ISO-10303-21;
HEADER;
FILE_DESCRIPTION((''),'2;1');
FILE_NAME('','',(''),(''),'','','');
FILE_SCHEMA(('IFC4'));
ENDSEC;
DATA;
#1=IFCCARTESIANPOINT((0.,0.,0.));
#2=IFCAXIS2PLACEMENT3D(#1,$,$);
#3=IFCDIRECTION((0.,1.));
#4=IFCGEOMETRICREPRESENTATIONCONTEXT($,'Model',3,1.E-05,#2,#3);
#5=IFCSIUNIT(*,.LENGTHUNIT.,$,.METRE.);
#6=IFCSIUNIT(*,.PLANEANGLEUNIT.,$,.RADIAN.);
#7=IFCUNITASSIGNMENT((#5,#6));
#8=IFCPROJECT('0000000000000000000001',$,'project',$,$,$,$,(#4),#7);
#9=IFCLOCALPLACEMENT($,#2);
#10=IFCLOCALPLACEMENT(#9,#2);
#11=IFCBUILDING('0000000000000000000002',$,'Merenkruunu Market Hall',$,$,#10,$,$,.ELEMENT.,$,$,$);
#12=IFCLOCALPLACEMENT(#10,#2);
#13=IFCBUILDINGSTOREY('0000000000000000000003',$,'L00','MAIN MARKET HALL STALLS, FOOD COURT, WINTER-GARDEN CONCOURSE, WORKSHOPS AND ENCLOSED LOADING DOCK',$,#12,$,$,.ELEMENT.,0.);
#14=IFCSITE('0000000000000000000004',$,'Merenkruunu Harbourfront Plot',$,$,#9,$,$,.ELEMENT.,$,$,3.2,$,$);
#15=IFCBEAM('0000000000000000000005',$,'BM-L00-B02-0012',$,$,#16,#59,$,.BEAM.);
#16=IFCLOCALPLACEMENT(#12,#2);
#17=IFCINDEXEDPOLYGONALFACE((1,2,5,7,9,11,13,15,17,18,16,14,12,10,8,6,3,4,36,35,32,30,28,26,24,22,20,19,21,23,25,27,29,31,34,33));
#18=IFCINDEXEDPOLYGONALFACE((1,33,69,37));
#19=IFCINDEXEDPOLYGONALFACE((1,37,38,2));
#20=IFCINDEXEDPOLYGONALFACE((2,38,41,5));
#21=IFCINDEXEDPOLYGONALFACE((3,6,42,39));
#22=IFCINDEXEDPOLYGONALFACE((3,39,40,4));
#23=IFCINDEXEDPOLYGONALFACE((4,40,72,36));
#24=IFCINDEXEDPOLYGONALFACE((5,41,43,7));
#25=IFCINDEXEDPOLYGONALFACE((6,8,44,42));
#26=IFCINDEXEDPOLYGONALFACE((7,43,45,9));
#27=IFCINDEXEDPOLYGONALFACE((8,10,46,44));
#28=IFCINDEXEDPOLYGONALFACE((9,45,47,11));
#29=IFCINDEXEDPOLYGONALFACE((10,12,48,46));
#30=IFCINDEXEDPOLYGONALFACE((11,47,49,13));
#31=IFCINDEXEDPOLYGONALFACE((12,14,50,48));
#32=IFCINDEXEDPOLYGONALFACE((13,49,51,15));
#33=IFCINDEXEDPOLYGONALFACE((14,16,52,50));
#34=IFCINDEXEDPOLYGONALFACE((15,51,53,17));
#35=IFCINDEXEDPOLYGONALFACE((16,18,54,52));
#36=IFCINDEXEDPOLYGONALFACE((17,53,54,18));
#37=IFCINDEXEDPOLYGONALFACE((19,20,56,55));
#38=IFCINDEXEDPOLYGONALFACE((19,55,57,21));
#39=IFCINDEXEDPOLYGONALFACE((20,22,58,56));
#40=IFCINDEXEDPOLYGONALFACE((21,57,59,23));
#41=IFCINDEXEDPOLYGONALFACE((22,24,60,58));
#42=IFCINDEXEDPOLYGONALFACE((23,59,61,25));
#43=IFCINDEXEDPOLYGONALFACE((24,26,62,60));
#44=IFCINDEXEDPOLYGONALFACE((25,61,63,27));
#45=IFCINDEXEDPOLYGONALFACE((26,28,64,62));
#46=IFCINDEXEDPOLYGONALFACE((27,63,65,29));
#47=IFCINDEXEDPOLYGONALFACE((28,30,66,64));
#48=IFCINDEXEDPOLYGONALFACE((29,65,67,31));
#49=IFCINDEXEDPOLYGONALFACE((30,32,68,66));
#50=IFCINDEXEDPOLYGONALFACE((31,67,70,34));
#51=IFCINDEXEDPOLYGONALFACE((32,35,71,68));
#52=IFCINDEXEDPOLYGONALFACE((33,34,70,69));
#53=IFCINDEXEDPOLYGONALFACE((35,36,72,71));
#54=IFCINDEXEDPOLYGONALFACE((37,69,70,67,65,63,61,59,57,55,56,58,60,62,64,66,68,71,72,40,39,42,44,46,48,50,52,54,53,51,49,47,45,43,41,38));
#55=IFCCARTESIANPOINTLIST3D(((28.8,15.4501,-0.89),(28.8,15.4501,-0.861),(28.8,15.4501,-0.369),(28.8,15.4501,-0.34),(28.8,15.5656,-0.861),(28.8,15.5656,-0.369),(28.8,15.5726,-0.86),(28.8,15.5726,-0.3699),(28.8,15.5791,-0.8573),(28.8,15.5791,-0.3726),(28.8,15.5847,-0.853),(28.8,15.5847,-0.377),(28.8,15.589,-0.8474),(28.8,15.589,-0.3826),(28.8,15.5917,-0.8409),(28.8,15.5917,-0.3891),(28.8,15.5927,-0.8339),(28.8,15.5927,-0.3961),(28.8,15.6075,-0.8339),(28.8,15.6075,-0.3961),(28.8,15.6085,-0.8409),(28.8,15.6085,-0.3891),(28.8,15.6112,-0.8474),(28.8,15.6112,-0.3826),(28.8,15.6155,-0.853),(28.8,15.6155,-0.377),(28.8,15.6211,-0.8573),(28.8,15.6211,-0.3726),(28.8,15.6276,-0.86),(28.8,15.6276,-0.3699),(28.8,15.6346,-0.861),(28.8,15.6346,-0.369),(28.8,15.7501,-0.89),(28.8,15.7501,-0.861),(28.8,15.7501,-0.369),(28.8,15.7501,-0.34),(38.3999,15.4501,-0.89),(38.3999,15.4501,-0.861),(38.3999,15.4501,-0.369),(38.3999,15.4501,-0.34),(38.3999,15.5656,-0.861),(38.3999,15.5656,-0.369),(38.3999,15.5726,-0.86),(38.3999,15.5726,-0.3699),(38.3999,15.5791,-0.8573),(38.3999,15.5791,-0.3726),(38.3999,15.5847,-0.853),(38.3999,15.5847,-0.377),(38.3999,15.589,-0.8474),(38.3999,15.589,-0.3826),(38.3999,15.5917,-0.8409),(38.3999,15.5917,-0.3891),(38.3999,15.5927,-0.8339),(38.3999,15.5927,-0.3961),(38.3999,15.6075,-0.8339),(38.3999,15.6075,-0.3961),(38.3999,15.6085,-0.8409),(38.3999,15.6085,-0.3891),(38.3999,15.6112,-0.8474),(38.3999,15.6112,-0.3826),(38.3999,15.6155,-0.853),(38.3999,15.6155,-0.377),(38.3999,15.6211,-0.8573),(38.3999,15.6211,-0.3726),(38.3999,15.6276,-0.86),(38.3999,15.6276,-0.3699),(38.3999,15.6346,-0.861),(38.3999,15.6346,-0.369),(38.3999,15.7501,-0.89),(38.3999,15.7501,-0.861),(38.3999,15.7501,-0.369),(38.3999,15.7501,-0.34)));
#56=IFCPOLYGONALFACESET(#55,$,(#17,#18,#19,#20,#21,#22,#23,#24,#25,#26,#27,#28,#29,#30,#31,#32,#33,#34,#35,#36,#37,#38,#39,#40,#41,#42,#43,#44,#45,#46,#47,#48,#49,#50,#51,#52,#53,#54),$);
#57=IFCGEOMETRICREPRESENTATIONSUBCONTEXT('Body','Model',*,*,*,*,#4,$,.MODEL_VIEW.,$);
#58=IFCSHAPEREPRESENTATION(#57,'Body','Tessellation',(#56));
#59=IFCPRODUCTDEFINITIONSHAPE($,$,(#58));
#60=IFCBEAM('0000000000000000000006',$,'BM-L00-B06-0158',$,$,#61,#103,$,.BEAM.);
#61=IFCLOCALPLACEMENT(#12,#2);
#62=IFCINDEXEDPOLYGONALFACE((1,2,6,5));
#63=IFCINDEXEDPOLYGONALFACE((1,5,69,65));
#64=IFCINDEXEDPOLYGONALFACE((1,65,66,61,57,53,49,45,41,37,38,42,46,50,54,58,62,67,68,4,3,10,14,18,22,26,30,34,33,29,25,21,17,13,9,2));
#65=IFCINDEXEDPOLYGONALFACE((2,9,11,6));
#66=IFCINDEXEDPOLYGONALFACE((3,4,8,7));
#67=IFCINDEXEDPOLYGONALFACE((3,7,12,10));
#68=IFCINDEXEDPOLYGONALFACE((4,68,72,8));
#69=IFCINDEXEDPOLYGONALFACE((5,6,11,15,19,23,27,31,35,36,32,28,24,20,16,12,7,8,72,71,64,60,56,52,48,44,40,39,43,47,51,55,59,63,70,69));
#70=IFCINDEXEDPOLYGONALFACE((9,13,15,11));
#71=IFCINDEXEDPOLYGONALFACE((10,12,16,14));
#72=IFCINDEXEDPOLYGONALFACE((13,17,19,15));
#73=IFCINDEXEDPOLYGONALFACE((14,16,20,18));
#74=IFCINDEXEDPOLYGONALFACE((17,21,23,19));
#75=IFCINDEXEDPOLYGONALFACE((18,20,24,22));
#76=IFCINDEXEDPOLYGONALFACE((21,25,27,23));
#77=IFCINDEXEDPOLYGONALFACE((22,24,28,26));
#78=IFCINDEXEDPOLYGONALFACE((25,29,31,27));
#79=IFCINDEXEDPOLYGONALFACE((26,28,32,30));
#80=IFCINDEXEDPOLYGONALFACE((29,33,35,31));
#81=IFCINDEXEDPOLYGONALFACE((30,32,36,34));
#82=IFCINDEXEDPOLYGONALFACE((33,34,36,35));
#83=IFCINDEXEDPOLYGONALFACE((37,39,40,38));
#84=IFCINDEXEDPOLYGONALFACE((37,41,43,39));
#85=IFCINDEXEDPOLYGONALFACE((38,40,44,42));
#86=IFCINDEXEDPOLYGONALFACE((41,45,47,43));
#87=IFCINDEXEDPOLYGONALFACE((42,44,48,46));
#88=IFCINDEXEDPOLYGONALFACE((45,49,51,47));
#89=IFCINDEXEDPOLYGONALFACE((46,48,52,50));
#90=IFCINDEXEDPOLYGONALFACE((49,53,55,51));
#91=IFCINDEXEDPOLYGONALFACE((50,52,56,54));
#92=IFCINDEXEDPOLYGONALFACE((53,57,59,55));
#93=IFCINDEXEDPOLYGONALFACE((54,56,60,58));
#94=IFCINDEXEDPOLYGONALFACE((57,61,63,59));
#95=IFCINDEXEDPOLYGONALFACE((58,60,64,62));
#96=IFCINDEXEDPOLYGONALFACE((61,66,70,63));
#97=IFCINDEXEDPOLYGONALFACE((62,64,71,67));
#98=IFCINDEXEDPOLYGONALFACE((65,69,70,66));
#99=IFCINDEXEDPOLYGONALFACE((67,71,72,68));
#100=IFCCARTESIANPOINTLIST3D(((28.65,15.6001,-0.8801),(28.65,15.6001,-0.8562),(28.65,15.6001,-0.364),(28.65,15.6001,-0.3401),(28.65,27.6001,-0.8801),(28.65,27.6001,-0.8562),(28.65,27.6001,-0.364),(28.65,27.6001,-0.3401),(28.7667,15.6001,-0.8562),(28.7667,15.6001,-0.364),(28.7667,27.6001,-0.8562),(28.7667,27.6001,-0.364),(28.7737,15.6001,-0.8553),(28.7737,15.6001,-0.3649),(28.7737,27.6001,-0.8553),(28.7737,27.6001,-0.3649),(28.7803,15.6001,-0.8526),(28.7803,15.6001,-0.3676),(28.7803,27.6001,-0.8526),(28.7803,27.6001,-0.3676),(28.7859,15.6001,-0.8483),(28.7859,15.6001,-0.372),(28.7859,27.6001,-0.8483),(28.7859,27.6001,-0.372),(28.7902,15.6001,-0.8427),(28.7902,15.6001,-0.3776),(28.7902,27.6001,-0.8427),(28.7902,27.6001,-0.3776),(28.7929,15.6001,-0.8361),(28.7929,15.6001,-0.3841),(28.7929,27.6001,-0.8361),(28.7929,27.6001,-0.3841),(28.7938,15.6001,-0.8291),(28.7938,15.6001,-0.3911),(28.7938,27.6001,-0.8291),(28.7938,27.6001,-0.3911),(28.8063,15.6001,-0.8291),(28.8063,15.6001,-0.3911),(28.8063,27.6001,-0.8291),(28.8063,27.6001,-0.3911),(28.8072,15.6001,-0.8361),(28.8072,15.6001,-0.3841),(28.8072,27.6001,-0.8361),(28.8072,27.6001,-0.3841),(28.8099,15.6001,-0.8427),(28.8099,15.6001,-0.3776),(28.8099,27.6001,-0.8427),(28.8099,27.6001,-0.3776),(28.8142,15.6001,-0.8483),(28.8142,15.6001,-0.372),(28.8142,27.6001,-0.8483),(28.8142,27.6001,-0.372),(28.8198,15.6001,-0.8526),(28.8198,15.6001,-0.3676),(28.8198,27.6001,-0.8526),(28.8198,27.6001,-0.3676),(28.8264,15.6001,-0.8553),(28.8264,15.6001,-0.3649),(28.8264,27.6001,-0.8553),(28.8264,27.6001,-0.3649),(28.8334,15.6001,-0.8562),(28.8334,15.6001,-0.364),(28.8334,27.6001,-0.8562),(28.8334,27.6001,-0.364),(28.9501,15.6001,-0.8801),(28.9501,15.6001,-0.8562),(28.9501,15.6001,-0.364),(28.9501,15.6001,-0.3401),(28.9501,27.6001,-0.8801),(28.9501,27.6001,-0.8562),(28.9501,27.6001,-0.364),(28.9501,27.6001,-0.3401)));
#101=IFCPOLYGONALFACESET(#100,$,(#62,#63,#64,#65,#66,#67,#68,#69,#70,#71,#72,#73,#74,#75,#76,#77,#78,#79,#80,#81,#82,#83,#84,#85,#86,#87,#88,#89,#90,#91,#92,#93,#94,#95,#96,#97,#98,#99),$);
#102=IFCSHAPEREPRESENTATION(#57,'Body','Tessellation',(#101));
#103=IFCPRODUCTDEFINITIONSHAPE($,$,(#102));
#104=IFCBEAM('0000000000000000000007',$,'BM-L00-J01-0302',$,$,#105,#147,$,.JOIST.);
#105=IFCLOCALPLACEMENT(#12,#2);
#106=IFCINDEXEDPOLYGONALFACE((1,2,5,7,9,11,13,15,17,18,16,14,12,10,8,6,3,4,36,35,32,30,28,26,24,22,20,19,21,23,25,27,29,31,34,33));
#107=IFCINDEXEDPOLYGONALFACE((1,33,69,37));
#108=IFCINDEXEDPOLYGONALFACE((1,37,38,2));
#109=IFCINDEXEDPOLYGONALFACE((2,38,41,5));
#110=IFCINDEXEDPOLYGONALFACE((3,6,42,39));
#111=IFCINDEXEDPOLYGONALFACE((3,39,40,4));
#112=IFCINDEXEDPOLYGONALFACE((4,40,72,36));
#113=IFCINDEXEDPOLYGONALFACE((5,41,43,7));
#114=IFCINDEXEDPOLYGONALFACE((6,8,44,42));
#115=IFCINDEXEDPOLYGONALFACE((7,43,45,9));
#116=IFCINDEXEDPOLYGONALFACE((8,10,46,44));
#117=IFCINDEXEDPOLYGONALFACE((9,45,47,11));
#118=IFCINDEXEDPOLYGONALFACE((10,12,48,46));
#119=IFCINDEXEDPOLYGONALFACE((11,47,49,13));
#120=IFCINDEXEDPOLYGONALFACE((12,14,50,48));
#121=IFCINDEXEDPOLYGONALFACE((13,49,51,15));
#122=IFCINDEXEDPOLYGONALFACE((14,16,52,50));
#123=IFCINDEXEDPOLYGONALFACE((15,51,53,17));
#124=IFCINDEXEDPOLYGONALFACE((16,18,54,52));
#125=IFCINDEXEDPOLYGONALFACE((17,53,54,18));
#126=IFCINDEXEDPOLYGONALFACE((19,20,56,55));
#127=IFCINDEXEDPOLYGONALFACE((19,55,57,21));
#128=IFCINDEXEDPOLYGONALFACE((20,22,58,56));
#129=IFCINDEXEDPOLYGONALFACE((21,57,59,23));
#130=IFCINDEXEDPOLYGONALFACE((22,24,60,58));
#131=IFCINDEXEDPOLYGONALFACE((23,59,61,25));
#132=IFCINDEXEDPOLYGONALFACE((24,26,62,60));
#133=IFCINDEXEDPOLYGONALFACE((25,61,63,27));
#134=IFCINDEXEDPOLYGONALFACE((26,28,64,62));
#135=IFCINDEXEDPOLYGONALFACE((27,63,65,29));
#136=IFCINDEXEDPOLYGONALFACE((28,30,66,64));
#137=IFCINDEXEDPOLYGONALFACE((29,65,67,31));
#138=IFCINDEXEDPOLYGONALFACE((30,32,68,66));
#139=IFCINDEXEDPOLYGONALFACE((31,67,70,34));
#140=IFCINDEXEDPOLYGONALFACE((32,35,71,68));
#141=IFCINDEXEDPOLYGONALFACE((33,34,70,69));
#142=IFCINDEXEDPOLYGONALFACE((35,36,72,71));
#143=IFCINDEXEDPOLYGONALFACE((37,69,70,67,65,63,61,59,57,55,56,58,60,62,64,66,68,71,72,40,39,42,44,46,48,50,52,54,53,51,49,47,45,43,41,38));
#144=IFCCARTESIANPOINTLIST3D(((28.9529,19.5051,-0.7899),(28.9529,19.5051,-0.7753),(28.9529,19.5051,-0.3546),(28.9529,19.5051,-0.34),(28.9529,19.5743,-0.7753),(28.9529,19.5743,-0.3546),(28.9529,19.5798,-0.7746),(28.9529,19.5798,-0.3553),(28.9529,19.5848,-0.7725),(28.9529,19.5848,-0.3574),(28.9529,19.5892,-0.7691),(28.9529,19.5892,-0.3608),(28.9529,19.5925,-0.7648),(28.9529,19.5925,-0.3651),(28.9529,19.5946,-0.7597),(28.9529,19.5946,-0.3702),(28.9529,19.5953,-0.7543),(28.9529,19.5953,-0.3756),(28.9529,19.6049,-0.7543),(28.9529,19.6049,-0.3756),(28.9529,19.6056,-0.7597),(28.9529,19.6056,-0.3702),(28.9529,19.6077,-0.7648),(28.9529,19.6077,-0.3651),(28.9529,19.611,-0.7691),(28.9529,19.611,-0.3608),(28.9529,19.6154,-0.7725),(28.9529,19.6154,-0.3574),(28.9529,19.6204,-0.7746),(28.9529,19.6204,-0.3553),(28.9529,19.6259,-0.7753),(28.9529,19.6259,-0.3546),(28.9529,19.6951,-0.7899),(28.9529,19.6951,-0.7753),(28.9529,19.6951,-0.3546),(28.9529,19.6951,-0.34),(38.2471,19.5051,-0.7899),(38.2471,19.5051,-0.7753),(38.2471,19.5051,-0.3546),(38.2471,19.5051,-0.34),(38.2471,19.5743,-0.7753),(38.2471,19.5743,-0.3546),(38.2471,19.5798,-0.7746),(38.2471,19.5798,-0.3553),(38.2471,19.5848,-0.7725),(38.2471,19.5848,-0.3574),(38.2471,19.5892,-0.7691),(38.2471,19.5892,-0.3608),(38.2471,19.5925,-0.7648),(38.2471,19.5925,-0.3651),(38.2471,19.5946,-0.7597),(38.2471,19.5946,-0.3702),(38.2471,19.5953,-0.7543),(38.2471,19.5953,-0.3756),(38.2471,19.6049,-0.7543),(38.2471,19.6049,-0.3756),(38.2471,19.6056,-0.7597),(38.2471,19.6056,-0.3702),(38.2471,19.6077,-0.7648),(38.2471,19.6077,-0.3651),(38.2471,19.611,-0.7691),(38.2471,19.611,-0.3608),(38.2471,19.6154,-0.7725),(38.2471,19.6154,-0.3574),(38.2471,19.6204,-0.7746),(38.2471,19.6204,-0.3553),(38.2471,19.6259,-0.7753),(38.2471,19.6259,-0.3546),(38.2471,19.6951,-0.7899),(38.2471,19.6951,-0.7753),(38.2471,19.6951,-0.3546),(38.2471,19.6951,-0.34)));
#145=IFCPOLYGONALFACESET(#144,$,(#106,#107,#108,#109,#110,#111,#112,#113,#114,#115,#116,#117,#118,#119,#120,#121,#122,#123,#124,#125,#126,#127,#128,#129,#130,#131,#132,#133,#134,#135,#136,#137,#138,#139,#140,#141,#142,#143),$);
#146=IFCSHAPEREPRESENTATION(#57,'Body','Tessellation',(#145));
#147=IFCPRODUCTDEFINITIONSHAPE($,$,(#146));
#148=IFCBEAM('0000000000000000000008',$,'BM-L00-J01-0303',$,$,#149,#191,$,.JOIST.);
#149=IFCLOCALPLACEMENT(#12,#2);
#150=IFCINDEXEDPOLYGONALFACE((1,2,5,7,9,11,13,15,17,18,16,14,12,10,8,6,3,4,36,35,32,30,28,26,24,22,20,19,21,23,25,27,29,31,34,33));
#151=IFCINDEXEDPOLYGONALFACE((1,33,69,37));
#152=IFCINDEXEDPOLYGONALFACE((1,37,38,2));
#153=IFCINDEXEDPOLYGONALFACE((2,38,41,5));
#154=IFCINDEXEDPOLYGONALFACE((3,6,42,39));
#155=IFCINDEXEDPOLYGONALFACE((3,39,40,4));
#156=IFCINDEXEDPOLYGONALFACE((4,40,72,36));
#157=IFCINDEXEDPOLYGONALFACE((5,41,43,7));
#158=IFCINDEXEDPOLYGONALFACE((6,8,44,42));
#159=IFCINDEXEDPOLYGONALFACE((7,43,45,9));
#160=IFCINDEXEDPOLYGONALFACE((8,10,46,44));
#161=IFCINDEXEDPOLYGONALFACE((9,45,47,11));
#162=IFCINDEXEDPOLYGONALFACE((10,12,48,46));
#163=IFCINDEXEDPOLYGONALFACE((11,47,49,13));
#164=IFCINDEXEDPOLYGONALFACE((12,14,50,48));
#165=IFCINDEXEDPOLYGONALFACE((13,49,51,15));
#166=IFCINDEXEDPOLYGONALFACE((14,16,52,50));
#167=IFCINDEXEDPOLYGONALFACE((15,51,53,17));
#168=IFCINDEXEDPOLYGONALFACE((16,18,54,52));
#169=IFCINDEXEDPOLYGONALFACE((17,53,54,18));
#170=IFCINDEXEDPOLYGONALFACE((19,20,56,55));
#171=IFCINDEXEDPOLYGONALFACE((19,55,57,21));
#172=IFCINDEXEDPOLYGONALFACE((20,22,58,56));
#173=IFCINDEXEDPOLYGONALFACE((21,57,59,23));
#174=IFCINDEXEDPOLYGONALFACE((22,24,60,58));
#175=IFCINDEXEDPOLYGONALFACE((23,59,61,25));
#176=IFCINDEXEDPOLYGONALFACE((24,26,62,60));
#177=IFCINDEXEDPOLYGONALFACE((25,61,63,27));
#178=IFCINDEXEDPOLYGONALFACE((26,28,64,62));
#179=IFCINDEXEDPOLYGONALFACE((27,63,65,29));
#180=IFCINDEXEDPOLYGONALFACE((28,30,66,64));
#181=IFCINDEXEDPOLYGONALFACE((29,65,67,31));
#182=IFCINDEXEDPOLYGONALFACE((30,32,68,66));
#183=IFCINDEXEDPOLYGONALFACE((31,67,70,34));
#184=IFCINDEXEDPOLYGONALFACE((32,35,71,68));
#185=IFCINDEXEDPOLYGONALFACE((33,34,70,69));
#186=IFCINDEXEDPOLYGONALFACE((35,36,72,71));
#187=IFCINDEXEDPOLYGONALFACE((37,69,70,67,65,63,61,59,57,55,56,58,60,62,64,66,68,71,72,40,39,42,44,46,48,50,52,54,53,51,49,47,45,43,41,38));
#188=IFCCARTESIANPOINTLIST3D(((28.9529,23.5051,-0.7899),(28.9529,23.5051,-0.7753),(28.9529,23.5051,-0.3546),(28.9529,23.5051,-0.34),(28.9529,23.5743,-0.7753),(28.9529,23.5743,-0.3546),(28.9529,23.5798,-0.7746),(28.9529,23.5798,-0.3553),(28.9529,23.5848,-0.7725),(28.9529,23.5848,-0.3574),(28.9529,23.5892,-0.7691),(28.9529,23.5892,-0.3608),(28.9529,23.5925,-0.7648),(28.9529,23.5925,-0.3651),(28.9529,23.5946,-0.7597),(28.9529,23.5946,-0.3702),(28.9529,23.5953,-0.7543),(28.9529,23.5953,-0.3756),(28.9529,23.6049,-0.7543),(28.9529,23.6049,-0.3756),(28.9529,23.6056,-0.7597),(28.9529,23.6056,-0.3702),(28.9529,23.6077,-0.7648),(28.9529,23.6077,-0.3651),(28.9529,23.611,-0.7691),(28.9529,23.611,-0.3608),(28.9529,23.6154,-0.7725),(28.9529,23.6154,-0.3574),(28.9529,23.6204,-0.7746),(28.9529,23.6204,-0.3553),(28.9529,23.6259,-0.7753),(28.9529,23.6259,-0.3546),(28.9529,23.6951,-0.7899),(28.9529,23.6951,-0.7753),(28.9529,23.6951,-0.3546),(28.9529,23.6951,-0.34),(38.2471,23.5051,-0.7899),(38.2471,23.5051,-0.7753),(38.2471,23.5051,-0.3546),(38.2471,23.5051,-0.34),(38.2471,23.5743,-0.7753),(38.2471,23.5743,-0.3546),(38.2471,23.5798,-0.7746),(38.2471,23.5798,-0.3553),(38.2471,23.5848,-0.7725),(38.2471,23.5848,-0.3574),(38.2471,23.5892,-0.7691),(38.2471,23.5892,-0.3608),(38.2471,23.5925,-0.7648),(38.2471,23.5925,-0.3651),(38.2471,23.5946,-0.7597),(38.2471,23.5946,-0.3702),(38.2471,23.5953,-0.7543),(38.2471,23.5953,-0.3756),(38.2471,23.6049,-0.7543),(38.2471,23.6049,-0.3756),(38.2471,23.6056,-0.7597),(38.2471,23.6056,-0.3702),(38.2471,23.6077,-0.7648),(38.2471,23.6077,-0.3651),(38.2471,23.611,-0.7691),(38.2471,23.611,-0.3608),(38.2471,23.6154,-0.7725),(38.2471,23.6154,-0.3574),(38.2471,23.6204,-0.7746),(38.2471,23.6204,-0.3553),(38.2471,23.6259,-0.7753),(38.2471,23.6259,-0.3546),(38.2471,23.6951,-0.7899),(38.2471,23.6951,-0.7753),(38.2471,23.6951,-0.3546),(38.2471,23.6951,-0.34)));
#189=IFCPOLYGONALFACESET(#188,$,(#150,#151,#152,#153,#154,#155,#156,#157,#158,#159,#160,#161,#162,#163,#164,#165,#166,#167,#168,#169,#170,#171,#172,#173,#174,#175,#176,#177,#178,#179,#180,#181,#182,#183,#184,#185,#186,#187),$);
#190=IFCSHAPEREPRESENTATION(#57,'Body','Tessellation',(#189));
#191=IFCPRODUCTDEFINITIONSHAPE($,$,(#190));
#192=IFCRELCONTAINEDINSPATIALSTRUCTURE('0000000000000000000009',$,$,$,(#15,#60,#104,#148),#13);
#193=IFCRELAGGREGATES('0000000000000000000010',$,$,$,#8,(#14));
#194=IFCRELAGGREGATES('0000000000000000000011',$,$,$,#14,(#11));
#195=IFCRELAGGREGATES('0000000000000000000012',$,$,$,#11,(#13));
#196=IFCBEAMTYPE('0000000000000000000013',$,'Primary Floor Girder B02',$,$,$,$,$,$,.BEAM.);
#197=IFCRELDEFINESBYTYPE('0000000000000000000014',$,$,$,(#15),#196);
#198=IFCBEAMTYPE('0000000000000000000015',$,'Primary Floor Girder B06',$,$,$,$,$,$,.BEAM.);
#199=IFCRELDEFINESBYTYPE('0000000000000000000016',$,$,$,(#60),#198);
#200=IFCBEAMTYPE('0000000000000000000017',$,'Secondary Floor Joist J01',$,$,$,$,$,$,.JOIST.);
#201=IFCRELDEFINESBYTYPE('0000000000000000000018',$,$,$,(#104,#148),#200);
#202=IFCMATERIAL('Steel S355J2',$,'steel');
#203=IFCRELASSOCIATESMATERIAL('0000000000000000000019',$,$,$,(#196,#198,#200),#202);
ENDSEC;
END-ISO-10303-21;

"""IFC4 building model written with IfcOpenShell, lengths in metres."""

from ifc_helpers import new_model, si_unit, direction, frame, origin, origin_2d, place, context, subcontext, project, spatial, i_section, extrude, material, material_profile, profile_set, type_object, element, save


model = new_model("IFC4")

# Units and contexts
model_context = context("Model", 3, precision=1e-05, world=origin(), true_north=direction((0.0, 1.0)))
body_context = subcontext(model_context, "Body", "Model", "MODEL_VIEW")
ifc_project = project(units=[si_unit("LENGTHUNIT", "METRE"), si_unit("PLANEANGLEUNIT", "RADIAN")], contexts=[model_context])

# Site, building, storey
site_placement = place(None, origin())
site = spatial("IfcSite", under=ifc_project, at=site_placement, Name="Merenkruunu Harbourfront Plot", CompositionType="ELEMENT", RefElevation=3.2)
building_placement = place(site_placement, origin())
building = spatial("IfcBuilding", under=site, at=building_placement, Name="Merenkruunu Market Hall", CompositionType="ELEMENT")
storey_placement = place(building_placement, origin())
storey = spatial("IfcBuildingStorey", under=building, at=storey_placement, Name="L00", Description="MAIN MARKET HALL STALLS, FOOD COURT, WINTER-GARDEN CONCOURSE, WORKSHOPS AND ENCLOSED LOADING DOCK", CompositionType="ELEMENT", Elevation=0.0)

# Shared definitions
ifc_material_1 = material(Name="Steel S355J2", Category="steel")

# Beams
ifc_material_profile_1 = material_profile(ifc_material_1, i_section(OverallWidth=0.3, OverallDepth=0.55, WebThickness=0.0149, FlangeThickness=0.0291, FilletRadius=0.0271, at=origin_2d()), Name="HEB 550")
ifc_profile_set_1 = profile_set([ifc_material_profile_1], Name="Steel S355J2")
beam_type_1 = type_object("IfcBeamType", Name="Primary Floor Girder B02", PredefinedType="BEAM", material=ifc_profile_set_1)
beam_1_placement = place(storey_placement, frame((28.8, 15.6001, -0.615), z_axis=(1.0, 0.0, 0.0), x_axis=(0.0, 1.0, 0.0)))
element("IfcBeam", 1, at=beam_1_placement, inside=storey, type_object=beam_type_1, Name="BM-L00-B02-0012", PredefinedType="BEAM", context=body_context, shape_type="SweptSolid", body=[
    extrude(i_section(OverallWidth=0.3, OverallDepth=0.55, WebThickness=0.0149, FlangeThickness=0.0291, FilletRadius=0.0271, at=origin_2d()), origin(), (0.0, 0.0, 1.0), 9.5999),
])
ifc_material_profile_2 = material_profile(ifc_material_1, i_section(OverallWidth=0.3, OverallDepth=0.54, WebThickness=0.0125, FlangeThickness=0.0239, FilletRadius=0.0271, at=origin_2d()), Name="HEA 550")
ifc_profile_set_2 = profile_set([ifc_material_profile_2], Name="Steel S355J2")
beam_type_2 = type_object("IfcBeamType", Name="Primary Floor Girder B06", PredefinedType="BEAM", material=ifc_profile_set_2)
beam_2_placement = place(storey_placement, frame((28.8, 15.6001, -0.6101), z_axis=(0.0, 1.0, 0.0), x_axis=(-1.0, 0.0, 0.0)))
element("IfcBeam", 2, at=beam_2_placement, inside=storey, type_object=beam_type_2, Name="BM-L00-B06-0158", PredefinedType="BEAM", context=body_context, shape_type="SweptSolid", body=[
    extrude(i_section(OverallWidth=0.3, OverallDepth=0.54, WebThickness=0.0125, FlangeThickness=0.0239, FilletRadius=0.0271, at=origin_2d()), origin(), (0.0, 0.0, 1.0), 12.0),
])
ifc_material_profile_3 = material_profile(ifc_material_1, i_section(OverallWidth=0.1899, OverallDepth=0.45, WebThickness=0.0095, FlangeThickness=0.0146, FilletRadius=0.021, at=origin_2d()), Name="IPE 450")
ifc_profile_set_3 = profile_set([ifc_material_profile_3], Name="Steel S355J2")
beam_type_3 = type_object("IfcBeamType", Name="Secondary Floor Joist J01", PredefinedType="JOIST", material=ifc_profile_set_3)
for number, where, z_axis, x_axis, name in (
    (3, (28.9529, 19.6001, -0.5649), (1.0, 0.0, 0.0), (0.0, 1.0, 0.0), "BM-L00-J01-0302"),
    (4, (28.9529, 23.6001, -0.5649), (1.0, 0.0, 0.0), (0.0, 1.0, 0.0), "BM-L00-J01-0303"),
):
    element("IfcBeam", number, at=place(storey_placement, frame(where, z_axis=z_axis, x_axis=x_axis)), inside=storey, type_object=beam_type_3, Name=name, PredefinedType="JOIST", context=body_context, shape_type="SweptSolid", body=[
        extrude(i_section(OverallWidth=0.1899, OverallDepth=0.45, WebThickness=0.0095, FlangeThickness=0.0146, FilletRadius=0.021, at=origin_2d()), origin(), (0.0, 0.0, 1.0), 9.2942),
    ])

save(model, "model.ifc")
